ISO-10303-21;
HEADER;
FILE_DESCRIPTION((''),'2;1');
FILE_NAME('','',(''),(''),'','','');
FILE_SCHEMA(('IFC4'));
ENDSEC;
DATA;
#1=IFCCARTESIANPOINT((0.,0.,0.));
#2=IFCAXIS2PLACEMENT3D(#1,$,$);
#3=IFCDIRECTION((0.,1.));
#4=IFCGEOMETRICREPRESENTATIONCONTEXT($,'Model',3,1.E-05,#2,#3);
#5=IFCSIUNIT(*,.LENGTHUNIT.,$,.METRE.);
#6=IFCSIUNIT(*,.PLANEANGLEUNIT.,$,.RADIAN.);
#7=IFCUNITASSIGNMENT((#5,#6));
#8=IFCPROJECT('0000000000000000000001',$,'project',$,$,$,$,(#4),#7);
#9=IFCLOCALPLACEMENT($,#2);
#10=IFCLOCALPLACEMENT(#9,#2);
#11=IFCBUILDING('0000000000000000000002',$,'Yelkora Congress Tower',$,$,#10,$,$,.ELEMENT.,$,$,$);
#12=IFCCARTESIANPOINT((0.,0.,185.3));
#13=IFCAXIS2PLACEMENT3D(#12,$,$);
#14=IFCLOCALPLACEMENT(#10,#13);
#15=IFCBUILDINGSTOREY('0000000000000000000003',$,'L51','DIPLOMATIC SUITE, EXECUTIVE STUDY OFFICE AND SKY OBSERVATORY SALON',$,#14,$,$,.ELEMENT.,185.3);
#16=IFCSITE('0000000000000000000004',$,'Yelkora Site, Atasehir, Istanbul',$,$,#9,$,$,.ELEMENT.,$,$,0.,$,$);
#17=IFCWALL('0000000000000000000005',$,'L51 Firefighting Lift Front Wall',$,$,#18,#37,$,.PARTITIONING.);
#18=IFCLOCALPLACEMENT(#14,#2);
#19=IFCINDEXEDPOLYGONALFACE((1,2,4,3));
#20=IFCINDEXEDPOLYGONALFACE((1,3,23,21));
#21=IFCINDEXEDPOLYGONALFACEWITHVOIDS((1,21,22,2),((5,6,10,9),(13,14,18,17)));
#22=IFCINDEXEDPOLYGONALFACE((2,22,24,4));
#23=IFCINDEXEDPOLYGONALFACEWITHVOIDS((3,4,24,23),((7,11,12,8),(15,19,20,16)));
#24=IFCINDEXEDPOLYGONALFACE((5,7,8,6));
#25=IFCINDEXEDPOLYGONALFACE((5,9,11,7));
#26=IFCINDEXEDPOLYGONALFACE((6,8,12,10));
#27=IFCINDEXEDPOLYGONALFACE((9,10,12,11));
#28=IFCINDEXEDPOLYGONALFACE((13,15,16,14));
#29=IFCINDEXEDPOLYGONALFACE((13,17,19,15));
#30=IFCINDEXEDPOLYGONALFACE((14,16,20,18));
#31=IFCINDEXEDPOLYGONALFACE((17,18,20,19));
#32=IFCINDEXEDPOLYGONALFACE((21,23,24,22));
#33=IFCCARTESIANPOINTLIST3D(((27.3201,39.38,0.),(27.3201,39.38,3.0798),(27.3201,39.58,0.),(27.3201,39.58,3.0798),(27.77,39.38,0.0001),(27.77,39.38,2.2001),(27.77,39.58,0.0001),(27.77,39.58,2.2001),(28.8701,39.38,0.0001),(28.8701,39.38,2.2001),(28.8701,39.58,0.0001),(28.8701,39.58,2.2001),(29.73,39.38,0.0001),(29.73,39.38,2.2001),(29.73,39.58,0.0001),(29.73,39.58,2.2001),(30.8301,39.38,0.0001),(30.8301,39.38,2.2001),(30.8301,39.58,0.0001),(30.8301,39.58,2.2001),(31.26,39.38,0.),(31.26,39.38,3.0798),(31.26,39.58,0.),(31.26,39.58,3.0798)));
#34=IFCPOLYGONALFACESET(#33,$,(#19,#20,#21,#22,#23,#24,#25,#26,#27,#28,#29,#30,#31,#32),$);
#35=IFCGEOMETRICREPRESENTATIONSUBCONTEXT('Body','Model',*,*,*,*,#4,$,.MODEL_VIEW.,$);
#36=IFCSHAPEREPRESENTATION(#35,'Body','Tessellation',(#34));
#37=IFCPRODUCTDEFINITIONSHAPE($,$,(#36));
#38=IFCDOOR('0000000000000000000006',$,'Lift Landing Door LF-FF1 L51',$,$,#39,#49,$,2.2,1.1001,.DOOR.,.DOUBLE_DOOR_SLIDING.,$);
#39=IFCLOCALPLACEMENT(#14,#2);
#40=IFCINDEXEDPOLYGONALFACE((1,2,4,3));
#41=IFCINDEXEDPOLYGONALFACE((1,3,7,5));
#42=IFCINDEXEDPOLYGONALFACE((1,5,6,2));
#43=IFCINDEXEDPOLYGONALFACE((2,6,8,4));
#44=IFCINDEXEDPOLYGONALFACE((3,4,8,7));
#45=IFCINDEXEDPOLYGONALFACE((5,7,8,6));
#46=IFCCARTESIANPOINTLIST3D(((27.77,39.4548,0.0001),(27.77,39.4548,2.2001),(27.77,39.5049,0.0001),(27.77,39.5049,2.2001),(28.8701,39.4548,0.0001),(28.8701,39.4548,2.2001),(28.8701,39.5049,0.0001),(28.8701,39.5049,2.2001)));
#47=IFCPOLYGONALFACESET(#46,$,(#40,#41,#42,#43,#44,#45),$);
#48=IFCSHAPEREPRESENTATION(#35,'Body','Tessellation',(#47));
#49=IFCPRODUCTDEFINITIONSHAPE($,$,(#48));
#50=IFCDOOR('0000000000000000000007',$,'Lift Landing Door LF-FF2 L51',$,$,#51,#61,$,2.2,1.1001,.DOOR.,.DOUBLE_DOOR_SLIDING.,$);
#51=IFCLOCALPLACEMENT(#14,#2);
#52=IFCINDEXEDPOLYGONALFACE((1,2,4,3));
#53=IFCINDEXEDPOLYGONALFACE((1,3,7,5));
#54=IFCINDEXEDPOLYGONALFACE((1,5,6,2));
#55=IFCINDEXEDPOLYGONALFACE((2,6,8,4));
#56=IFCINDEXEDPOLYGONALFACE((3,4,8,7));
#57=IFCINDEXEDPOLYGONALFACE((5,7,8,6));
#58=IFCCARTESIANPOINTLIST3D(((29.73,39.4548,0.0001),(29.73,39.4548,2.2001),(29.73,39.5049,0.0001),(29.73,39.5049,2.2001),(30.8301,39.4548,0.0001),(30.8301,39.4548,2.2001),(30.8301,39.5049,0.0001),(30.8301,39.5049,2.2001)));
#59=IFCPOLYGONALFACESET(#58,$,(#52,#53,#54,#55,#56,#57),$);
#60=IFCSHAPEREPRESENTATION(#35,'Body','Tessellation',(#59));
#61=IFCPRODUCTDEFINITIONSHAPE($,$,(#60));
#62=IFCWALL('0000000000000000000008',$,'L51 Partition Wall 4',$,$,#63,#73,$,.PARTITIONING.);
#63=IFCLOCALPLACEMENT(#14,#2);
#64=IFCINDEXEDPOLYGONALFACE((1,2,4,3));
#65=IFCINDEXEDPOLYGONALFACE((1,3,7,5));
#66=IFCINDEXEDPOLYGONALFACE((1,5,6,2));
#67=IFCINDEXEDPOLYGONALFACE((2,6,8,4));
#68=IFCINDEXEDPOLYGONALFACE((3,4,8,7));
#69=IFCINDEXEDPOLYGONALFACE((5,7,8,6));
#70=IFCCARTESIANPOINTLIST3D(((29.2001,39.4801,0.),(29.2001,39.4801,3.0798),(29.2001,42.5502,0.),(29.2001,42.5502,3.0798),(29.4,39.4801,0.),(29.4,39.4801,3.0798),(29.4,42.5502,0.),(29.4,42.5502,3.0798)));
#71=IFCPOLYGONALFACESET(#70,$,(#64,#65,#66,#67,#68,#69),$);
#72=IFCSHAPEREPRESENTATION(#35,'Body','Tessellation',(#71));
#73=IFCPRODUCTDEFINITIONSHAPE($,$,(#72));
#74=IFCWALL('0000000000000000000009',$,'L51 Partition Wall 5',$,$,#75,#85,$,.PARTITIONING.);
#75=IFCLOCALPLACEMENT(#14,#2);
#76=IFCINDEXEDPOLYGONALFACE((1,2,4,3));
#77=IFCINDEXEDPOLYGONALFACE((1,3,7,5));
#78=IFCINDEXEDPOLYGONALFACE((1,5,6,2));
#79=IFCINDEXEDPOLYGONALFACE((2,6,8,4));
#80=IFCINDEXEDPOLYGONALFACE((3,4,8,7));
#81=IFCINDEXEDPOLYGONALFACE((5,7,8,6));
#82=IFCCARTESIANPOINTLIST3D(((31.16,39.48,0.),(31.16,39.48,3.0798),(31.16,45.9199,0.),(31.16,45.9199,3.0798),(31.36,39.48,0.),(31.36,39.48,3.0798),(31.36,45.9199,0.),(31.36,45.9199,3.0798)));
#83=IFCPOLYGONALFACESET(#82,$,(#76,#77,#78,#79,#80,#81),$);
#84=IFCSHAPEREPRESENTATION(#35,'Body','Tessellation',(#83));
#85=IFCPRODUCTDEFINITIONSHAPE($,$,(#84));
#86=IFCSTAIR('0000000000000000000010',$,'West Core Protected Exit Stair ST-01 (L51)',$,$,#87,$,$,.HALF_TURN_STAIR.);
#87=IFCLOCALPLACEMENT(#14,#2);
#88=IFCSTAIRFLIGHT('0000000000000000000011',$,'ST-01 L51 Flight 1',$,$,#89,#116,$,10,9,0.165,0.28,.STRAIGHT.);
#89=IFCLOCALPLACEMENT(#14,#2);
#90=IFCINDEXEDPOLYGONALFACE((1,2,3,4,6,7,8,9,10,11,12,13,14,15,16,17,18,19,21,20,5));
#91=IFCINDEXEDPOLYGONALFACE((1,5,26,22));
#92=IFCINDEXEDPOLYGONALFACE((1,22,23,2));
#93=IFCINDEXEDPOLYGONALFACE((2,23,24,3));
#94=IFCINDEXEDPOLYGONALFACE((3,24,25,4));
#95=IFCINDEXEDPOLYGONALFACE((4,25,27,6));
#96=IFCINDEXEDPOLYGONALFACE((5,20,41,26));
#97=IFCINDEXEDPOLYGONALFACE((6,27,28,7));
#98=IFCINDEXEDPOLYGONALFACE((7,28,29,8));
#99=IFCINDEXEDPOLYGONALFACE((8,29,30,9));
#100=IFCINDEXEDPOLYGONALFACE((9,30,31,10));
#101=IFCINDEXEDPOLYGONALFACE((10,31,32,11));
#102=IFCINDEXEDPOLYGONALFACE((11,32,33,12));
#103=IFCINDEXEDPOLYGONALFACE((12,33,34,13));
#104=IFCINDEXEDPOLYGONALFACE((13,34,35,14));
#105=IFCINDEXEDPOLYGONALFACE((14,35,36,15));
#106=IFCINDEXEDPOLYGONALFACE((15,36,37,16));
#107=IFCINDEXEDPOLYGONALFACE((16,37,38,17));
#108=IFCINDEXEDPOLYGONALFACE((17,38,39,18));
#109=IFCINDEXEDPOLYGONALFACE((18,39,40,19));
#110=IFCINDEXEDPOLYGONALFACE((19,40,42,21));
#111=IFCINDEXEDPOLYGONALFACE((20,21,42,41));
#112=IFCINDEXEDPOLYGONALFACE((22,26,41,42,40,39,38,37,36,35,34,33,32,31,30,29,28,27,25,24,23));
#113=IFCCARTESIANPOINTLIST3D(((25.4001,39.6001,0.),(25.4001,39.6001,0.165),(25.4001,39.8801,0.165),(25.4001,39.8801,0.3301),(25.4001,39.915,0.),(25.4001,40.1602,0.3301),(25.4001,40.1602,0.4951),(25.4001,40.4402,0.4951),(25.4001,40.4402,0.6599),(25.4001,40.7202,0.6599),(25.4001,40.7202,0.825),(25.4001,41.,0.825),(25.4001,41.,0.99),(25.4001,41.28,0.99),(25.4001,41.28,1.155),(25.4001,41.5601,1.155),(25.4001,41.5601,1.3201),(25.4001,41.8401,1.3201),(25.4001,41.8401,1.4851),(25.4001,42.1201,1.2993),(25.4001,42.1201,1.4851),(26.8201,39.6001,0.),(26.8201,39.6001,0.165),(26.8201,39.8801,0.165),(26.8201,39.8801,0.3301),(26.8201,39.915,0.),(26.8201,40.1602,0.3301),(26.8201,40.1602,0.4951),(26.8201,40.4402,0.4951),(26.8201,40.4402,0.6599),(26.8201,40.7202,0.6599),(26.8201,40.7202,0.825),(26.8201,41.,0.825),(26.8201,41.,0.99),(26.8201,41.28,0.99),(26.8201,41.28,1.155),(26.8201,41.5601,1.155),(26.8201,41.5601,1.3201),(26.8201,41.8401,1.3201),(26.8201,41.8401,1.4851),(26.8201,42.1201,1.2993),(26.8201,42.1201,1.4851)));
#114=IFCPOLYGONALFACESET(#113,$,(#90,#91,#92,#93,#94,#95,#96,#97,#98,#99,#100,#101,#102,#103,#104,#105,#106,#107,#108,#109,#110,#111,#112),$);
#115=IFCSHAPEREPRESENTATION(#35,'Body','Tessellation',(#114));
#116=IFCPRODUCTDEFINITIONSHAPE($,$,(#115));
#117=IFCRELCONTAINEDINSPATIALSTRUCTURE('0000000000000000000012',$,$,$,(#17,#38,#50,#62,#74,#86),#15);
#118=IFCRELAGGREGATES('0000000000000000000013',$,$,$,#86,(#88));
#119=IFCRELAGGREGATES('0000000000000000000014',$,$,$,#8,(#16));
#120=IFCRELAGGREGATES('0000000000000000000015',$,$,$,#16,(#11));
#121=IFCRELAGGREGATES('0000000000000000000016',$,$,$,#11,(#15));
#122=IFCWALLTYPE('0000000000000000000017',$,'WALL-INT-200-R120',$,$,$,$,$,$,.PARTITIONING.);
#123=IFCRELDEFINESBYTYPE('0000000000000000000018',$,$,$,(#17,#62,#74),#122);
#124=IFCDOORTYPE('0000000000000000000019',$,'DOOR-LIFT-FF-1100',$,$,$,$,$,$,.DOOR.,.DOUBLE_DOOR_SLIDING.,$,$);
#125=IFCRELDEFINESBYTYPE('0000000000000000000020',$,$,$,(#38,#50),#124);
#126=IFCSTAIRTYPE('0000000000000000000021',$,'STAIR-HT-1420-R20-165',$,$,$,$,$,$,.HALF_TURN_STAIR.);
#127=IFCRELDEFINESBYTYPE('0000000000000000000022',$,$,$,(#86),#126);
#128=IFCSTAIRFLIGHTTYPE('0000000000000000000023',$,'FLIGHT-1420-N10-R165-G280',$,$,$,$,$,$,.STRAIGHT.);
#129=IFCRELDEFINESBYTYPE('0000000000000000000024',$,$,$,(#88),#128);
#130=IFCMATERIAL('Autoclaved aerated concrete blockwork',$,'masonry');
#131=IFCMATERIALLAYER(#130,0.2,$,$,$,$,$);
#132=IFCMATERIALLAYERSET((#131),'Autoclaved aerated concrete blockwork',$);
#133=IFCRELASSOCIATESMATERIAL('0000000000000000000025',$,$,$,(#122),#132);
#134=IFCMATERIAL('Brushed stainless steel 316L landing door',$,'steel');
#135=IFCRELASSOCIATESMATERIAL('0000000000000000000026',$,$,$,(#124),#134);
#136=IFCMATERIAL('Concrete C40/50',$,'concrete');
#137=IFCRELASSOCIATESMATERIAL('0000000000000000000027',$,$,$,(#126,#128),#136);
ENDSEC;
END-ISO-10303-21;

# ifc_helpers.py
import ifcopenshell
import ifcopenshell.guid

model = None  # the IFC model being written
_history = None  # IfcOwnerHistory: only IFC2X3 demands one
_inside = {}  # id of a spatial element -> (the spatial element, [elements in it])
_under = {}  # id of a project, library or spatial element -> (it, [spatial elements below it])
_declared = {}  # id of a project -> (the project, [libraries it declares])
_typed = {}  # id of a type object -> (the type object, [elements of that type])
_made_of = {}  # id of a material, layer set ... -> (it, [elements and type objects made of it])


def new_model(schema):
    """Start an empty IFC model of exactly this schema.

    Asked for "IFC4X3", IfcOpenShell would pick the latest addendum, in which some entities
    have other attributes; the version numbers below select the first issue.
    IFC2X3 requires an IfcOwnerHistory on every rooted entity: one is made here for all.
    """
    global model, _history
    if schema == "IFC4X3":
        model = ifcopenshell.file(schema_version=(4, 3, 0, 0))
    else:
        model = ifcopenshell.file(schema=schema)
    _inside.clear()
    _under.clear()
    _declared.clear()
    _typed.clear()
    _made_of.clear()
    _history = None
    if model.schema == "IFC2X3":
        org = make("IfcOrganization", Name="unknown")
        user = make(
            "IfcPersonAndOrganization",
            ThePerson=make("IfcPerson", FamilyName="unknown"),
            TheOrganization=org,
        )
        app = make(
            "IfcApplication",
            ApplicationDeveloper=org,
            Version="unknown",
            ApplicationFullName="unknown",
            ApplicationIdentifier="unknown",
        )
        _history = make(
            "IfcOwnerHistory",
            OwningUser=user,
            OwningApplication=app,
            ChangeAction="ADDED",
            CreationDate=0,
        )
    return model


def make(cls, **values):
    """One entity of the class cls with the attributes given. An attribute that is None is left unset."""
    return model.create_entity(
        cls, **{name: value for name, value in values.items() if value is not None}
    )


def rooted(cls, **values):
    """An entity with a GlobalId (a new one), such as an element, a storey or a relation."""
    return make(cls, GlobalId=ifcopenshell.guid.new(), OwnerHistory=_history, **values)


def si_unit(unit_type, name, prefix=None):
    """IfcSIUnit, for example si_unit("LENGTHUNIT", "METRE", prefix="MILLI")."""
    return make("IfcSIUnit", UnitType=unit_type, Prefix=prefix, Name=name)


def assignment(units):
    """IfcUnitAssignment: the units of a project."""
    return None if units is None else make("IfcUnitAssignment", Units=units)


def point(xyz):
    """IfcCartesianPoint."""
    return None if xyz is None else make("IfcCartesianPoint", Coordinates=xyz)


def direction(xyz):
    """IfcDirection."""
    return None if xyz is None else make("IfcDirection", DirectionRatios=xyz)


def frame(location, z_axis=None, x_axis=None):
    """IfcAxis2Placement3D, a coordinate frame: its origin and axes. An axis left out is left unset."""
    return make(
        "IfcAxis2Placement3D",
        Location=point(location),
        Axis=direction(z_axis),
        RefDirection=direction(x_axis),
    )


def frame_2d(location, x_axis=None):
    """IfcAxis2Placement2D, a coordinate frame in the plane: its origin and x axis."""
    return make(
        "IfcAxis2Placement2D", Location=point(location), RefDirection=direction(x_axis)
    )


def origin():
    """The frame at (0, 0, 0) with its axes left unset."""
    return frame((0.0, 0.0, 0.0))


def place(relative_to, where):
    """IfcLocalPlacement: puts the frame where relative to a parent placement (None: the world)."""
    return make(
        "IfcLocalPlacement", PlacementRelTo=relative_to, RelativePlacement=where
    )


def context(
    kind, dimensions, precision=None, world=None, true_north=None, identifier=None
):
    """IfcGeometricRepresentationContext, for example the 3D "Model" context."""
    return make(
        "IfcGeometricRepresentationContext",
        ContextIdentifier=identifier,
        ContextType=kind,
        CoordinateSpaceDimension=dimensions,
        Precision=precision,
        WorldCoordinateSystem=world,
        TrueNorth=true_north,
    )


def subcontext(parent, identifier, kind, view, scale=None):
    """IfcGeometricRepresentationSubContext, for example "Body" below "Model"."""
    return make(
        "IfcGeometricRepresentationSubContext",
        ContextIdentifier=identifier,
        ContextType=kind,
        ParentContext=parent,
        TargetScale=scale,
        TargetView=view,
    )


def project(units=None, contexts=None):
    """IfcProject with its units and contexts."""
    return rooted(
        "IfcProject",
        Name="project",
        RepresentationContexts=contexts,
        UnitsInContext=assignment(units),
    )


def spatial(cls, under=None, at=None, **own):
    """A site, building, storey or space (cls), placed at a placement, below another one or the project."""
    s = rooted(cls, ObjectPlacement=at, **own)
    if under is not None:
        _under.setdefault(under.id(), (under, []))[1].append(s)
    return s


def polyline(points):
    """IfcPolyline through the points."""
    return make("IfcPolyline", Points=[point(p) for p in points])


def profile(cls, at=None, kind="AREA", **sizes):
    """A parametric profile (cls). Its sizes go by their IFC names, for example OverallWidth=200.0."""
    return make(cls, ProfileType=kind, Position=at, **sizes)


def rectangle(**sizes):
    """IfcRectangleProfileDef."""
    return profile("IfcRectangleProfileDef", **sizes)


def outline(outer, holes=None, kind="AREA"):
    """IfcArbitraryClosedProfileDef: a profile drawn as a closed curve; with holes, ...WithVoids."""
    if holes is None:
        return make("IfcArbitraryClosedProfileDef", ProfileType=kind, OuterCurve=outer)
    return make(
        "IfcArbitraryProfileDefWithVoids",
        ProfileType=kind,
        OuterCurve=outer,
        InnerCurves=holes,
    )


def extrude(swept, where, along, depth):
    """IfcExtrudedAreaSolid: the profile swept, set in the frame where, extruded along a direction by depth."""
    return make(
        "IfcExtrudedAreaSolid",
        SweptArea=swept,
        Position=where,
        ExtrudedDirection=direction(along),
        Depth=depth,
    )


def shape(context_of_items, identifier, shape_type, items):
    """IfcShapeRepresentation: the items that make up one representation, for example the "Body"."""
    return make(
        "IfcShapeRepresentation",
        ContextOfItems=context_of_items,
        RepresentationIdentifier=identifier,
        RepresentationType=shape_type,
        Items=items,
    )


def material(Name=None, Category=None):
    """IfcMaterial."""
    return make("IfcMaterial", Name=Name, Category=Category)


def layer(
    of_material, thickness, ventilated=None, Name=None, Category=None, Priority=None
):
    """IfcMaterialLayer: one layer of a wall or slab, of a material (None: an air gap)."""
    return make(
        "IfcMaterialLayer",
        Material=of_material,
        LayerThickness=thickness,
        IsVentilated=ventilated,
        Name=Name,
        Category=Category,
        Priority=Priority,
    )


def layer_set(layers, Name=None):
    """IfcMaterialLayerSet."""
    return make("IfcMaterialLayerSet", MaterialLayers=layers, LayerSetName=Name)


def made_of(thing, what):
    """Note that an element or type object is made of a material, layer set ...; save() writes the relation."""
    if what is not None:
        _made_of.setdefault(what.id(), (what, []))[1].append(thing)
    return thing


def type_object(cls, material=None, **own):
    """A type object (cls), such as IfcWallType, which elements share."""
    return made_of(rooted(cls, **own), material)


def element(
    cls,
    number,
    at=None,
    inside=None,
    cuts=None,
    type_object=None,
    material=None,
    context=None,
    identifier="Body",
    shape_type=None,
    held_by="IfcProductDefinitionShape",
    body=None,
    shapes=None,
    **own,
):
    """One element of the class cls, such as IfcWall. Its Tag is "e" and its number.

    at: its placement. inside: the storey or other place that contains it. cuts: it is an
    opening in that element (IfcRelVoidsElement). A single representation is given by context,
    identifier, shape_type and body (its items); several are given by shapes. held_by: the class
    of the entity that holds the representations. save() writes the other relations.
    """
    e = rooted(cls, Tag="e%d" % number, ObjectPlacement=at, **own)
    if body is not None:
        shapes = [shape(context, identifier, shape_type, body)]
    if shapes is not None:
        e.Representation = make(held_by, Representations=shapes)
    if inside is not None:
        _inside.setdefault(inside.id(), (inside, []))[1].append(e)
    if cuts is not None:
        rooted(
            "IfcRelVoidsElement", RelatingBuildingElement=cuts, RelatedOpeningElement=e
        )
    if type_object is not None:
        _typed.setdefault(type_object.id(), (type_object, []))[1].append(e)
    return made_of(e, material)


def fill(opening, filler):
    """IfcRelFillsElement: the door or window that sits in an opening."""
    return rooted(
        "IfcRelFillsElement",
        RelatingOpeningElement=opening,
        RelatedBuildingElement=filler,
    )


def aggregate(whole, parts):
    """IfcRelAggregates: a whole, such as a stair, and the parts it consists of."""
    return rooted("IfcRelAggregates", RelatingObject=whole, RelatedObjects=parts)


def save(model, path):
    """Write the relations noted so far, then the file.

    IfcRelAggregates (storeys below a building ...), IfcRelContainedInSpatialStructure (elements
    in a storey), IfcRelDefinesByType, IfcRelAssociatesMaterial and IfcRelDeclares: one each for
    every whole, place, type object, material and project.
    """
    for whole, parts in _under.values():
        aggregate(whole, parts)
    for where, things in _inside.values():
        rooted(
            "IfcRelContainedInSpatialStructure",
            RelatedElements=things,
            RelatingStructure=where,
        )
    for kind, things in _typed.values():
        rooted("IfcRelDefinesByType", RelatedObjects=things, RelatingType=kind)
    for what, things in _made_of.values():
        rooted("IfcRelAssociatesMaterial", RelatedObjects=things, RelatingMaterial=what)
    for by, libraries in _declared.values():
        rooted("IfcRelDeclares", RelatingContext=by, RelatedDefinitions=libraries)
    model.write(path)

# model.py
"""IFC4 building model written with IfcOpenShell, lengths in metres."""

from ifc_helpers import new_model, si_unit, direction, frame, frame_2d, origin, place, context, subcontext, project, spatial, polyline, rectangle, outline, extrude, material, layer, layer_set, type_object, element, fill, aggregate, save


model = new_model("IFC4")

# Units and contexts
model_context = context("Model", 3, precision=1e-05, world=origin(), true_north=direction((0.0, 1.0)))
body_context = subcontext(model_context, "Body", "Model", "MODEL_VIEW")
ifc_project = project(units=[si_unit("LENGTHUNIT", "METRE"), si_unit("PLANEANGLEUNIT", "RADIAN")], contexts=[model_context])

# Site, building, storey
site_placement = place(None, origin())
site = spatial("IfcSite", under=ifc_project, at=site_placement, Name="Yelkora Site, Atasehir, Istanbul", CompositionType="ELEMENT", RefElevation=0.0)
building_placement = place(site_placement, origin())
building = spatial("IfcBuilding", under=site, at=building_placement, Name="Yelkora Congress Tower", CompositionType="ELEMENT")
storey_placement = place(building_placement, frame((0.0, 0.0, 185.3)))
storey = spatial("IfcBuildingStorey", under=building, at=storey_placement, Name="L51", Description="DIPLOMATIC SUITE, EXECUTIVE STUDY OFFICE AND SKY OBSERVATORY SALON", CompositionType="ELEMENT", Elevation=185.3)

# Shared definitions
ifc_material_1 = material(Name="Autoclaved aerated concrete blockwork", Category="masonry")
ifc_layer_1 = layer(ifc_material_1, 0.2)
ifc_layer_set_1 = layer_set([ifc_layer_1], Name="Autoclaved aerated concrete blockwork")
wall_type_1 = type_object("IfcWallType", Name="WALL-INT-200-R120", PredefinedType="PARTITIONING", material=ifc_layer_set_1)

# Wall, openings, doors
wall_1_placement = place(storey_placement, frame((27.3201, 39.48, 0.0), z_axis=(0.0, 0.0, 1.0), x_axis=(1.0, 0.0, 0.0)))
wall_1 = element("IfcWall", 1, at=wall_1_placement, inside=storey, type_object=wall_type_1, Name="L51 Firefighting Lift Front Wall", PredefinedType="PARTITIONING", context=body_context, shape_type="SweptSolid", body=[
    extrude(rectangle(XDim=3.9399, YDim=0.2, at=frame_2d((1.97, 0.0))), origin(), (0.0, 0.0, 1.0), 3.0798),
])
opening_1_placement = place(wall_1_placement, frame((0.45, 0.0, 0.0)))
opening_1 = element("IfcOpeningElement", 2, at=opening_1_placement, cuts=wall_1, PredefinedType="OPENING", context=body_context, shape_type="SweptSolid", body=[
    extrude(rectangle(XDim=1.1001, YDim=2.2, at=frame_2d((0.55, 1.1001))), frame((0.0, 0.1099, 0.0), z_axis=(0.0, -1.0, 0.0), x_axis=(1.0, 0.0, 0.0)), (0.0, 0.0, 1.0), 0.22),
])
opening_2_placement = place(wall_1_placement, frame((2.4099, 0.0, 0.0)))
opening_2 = element("IfcOpeningElement", 3, at=opening_2_placement, cuts=wall_1, PredefinedType="OPENING", context=body_context, shape_type="SweptSolid", body=[
    extrude(rectangle(XDim=1.1001, YDim=2.2, at=frame_2d((0.55, 1.1001))), frame((0.0, 0.1099, 0.0), z_axis=(0.0, -1.0, 0.0), x_axis=(1.0, 0.0, 0.0)), (0.0, 0.0, 1.0), 0.22),
])
ifc_material_2 = material(Name="Brushed stainless steel 316L landing door", Category="steel")
door_type_1 = type_object("IfcDoorType", Name="DOOR-LIFT-FF-1100", OperationType="DOUBLE_DOOR_SLIDING", PredefinedType="DOOR", material=ifc_material_2)
door_1_placement = place(opening_1_placement, origin())
door_1 = element("IfcDoor", 4, at=door_1_placement, inside=storey, type_object=door_type_1, Name="Lift Landing Door LF-FF1 L51", OperationType="DOUBLE_DOOR_SLIDING", OverallHeight=2.2, OverallWidth=1.1001, PredefinedType="DOOR", context=body_context, shape_type="SweptSolid", body=[
    extrude(rectangle(XDim=1.1001, YDim=2.2, at=frame_2d((0.55, 1.1001))), frame((0.0, 0.0249, 0.0), z_axis=(0.0, -1.0, 0.0), x_axis=(1.0, 0.0, 0.0)), (0.0, 0.0, 1.0), 0.05),
])
fill(opening_1, door_1)
door_2_placement = place(opening_2_placement, origin())
door_2 = element("IfcDoor", 5, at=door_2_placement, inside=storey, type_object=door_type_1, Name="Lift Landing Door LF-FF2 L51", OperationType="DOUBLE_DOOR_SLIDING", OverallHeight=2.2, OverallWidth=1.1001, PredefinedType="DOOR", context=body_context, shape_type="SweptSolid", body=[
    extrude(rectangle(XDim=1.1001, YDim=2.2, at=frame_2d((0.55, 1.1001))), frame((0.0, 0.0249, 0.0), z_axis=(0.0, -1.0, 0.0), x_axis=(1.0, 0.0, 0.0)), (0.0, 0.0, 1.0), 0.05),
])
fill(opening_2, door_2)

# Walls
wall_2_placement = place(storey_placement, frame((29.3, 39.48, 0.0), z_axis=(0.0, 0.0, 1.0), x_axis=(0.0, 1.0, 0.0)))
element("IfcWall", 6, at=wall_2_placement, inside=storey, type_object=wall_type_1, Name="L51 Partition Wall 4", PredefinedType="PARTITIONING", context=body_context, shape_type="SweptSolid", body=[
    extrude(rectangle(XDim=3.0701, YDim=0.2, at=frame_2d((1.5352, 0.0))), origin(), (0.0, 0.0, 1.0), 3.0798),
])
wall_3_placement = place(storey_placement, frame((31.26, 39.48, 0.0), z_axis=(0.0, 0.0, 1.0), x_axis=(0.0, 1.0, 0.0)))
element("IfcWall", 7, at=wall_3_placement, inside=storey, type_object=wall_type_1, Name="L51 Partition Wall 5", PredefinedType="PARTITIONING", context=body_context, shape_type="SweptSolid", body=[
    extrude(rectangle(XDim=6.4399, YDim=0.2, at=frame_2d((3.22, 0.0))), origin(), (0.0, 0.0, 1.0), 3.0798),
])

# Stair, stair flight
ifc_material_3 = material(Name="Concrete C40/50", Category="concrete")
stair_type = type_object("IfcStairType", Name="STAIR-HT-1420-R20-165", PredefinedType="HALF_TURN_STAIR", material=ifc_material_3)
stair_placement = place(storey_placement, origin())
stair = element("IfcStair", 8, at=stair_placement, inside=storey, type_object=stair_type, Name="West Core Protected Exit Stair ST-01 (L51)", PredefinedType="HALF_TURN_STAIR")
stair_flight_type = type_object("IfcStairFlightType", Name="FLIGHT-1420-N10-R165-G280", PredefinedType="STRAIGHT", material=ifc_material_3)
stair_flight_placement = place(storey_placement, frame((26.1101, 39.6001, 0.0), z_axis=(0.0, 0.0, 1.0), x_axis=(0.0, 1.0, 0.0)))
stair_flight = element("IfcStairFlight", 9, at=stair_flight_placement, type_object=stair_flight_type, Name="ST-01 L51 Flight 1", NumberOfRisers=10, NumberOfTreads=9, PredefinedType="STRAIGHT", RiserHeight=0.165, TreadLength=0.28, context=body_context, shape_type="SweptSolid", body=[
    extrude(outline(polyline([(0.0, 0.0), (0.0, 0.165), (0.28, 0.165), (0.28, 0.3301), (0.5601, 0.3301), (0.5601, 0.4951), (0.8401, 0.4951), (0.8401, 0.6599), (1.1201, 0.6599), (1.1201, 0.825), (1.3999, 0.825), (1.3999, 0.99), (1.6799, 0.99), (1.6799, 1.155), (1.96, 1.155), (1.96, 1.3201), (2.24, 1.3201), (2.24, 1.4851), (2.52, 1.4851), (2.52, 1.6499), (2.52, 1.2993), (0.3149, 0.0), (0.0, 0.0)])), frame((0.0, 0.71, 0.0), z_axis=(0.0, -1.0, 0.0), x_axis=(1.0, 0.0, 0.0)), (0.0, 0.0, 1.0), 1.4199),
])
aggregate(stair, [stair_flight])

save(model, "model.ifc")
